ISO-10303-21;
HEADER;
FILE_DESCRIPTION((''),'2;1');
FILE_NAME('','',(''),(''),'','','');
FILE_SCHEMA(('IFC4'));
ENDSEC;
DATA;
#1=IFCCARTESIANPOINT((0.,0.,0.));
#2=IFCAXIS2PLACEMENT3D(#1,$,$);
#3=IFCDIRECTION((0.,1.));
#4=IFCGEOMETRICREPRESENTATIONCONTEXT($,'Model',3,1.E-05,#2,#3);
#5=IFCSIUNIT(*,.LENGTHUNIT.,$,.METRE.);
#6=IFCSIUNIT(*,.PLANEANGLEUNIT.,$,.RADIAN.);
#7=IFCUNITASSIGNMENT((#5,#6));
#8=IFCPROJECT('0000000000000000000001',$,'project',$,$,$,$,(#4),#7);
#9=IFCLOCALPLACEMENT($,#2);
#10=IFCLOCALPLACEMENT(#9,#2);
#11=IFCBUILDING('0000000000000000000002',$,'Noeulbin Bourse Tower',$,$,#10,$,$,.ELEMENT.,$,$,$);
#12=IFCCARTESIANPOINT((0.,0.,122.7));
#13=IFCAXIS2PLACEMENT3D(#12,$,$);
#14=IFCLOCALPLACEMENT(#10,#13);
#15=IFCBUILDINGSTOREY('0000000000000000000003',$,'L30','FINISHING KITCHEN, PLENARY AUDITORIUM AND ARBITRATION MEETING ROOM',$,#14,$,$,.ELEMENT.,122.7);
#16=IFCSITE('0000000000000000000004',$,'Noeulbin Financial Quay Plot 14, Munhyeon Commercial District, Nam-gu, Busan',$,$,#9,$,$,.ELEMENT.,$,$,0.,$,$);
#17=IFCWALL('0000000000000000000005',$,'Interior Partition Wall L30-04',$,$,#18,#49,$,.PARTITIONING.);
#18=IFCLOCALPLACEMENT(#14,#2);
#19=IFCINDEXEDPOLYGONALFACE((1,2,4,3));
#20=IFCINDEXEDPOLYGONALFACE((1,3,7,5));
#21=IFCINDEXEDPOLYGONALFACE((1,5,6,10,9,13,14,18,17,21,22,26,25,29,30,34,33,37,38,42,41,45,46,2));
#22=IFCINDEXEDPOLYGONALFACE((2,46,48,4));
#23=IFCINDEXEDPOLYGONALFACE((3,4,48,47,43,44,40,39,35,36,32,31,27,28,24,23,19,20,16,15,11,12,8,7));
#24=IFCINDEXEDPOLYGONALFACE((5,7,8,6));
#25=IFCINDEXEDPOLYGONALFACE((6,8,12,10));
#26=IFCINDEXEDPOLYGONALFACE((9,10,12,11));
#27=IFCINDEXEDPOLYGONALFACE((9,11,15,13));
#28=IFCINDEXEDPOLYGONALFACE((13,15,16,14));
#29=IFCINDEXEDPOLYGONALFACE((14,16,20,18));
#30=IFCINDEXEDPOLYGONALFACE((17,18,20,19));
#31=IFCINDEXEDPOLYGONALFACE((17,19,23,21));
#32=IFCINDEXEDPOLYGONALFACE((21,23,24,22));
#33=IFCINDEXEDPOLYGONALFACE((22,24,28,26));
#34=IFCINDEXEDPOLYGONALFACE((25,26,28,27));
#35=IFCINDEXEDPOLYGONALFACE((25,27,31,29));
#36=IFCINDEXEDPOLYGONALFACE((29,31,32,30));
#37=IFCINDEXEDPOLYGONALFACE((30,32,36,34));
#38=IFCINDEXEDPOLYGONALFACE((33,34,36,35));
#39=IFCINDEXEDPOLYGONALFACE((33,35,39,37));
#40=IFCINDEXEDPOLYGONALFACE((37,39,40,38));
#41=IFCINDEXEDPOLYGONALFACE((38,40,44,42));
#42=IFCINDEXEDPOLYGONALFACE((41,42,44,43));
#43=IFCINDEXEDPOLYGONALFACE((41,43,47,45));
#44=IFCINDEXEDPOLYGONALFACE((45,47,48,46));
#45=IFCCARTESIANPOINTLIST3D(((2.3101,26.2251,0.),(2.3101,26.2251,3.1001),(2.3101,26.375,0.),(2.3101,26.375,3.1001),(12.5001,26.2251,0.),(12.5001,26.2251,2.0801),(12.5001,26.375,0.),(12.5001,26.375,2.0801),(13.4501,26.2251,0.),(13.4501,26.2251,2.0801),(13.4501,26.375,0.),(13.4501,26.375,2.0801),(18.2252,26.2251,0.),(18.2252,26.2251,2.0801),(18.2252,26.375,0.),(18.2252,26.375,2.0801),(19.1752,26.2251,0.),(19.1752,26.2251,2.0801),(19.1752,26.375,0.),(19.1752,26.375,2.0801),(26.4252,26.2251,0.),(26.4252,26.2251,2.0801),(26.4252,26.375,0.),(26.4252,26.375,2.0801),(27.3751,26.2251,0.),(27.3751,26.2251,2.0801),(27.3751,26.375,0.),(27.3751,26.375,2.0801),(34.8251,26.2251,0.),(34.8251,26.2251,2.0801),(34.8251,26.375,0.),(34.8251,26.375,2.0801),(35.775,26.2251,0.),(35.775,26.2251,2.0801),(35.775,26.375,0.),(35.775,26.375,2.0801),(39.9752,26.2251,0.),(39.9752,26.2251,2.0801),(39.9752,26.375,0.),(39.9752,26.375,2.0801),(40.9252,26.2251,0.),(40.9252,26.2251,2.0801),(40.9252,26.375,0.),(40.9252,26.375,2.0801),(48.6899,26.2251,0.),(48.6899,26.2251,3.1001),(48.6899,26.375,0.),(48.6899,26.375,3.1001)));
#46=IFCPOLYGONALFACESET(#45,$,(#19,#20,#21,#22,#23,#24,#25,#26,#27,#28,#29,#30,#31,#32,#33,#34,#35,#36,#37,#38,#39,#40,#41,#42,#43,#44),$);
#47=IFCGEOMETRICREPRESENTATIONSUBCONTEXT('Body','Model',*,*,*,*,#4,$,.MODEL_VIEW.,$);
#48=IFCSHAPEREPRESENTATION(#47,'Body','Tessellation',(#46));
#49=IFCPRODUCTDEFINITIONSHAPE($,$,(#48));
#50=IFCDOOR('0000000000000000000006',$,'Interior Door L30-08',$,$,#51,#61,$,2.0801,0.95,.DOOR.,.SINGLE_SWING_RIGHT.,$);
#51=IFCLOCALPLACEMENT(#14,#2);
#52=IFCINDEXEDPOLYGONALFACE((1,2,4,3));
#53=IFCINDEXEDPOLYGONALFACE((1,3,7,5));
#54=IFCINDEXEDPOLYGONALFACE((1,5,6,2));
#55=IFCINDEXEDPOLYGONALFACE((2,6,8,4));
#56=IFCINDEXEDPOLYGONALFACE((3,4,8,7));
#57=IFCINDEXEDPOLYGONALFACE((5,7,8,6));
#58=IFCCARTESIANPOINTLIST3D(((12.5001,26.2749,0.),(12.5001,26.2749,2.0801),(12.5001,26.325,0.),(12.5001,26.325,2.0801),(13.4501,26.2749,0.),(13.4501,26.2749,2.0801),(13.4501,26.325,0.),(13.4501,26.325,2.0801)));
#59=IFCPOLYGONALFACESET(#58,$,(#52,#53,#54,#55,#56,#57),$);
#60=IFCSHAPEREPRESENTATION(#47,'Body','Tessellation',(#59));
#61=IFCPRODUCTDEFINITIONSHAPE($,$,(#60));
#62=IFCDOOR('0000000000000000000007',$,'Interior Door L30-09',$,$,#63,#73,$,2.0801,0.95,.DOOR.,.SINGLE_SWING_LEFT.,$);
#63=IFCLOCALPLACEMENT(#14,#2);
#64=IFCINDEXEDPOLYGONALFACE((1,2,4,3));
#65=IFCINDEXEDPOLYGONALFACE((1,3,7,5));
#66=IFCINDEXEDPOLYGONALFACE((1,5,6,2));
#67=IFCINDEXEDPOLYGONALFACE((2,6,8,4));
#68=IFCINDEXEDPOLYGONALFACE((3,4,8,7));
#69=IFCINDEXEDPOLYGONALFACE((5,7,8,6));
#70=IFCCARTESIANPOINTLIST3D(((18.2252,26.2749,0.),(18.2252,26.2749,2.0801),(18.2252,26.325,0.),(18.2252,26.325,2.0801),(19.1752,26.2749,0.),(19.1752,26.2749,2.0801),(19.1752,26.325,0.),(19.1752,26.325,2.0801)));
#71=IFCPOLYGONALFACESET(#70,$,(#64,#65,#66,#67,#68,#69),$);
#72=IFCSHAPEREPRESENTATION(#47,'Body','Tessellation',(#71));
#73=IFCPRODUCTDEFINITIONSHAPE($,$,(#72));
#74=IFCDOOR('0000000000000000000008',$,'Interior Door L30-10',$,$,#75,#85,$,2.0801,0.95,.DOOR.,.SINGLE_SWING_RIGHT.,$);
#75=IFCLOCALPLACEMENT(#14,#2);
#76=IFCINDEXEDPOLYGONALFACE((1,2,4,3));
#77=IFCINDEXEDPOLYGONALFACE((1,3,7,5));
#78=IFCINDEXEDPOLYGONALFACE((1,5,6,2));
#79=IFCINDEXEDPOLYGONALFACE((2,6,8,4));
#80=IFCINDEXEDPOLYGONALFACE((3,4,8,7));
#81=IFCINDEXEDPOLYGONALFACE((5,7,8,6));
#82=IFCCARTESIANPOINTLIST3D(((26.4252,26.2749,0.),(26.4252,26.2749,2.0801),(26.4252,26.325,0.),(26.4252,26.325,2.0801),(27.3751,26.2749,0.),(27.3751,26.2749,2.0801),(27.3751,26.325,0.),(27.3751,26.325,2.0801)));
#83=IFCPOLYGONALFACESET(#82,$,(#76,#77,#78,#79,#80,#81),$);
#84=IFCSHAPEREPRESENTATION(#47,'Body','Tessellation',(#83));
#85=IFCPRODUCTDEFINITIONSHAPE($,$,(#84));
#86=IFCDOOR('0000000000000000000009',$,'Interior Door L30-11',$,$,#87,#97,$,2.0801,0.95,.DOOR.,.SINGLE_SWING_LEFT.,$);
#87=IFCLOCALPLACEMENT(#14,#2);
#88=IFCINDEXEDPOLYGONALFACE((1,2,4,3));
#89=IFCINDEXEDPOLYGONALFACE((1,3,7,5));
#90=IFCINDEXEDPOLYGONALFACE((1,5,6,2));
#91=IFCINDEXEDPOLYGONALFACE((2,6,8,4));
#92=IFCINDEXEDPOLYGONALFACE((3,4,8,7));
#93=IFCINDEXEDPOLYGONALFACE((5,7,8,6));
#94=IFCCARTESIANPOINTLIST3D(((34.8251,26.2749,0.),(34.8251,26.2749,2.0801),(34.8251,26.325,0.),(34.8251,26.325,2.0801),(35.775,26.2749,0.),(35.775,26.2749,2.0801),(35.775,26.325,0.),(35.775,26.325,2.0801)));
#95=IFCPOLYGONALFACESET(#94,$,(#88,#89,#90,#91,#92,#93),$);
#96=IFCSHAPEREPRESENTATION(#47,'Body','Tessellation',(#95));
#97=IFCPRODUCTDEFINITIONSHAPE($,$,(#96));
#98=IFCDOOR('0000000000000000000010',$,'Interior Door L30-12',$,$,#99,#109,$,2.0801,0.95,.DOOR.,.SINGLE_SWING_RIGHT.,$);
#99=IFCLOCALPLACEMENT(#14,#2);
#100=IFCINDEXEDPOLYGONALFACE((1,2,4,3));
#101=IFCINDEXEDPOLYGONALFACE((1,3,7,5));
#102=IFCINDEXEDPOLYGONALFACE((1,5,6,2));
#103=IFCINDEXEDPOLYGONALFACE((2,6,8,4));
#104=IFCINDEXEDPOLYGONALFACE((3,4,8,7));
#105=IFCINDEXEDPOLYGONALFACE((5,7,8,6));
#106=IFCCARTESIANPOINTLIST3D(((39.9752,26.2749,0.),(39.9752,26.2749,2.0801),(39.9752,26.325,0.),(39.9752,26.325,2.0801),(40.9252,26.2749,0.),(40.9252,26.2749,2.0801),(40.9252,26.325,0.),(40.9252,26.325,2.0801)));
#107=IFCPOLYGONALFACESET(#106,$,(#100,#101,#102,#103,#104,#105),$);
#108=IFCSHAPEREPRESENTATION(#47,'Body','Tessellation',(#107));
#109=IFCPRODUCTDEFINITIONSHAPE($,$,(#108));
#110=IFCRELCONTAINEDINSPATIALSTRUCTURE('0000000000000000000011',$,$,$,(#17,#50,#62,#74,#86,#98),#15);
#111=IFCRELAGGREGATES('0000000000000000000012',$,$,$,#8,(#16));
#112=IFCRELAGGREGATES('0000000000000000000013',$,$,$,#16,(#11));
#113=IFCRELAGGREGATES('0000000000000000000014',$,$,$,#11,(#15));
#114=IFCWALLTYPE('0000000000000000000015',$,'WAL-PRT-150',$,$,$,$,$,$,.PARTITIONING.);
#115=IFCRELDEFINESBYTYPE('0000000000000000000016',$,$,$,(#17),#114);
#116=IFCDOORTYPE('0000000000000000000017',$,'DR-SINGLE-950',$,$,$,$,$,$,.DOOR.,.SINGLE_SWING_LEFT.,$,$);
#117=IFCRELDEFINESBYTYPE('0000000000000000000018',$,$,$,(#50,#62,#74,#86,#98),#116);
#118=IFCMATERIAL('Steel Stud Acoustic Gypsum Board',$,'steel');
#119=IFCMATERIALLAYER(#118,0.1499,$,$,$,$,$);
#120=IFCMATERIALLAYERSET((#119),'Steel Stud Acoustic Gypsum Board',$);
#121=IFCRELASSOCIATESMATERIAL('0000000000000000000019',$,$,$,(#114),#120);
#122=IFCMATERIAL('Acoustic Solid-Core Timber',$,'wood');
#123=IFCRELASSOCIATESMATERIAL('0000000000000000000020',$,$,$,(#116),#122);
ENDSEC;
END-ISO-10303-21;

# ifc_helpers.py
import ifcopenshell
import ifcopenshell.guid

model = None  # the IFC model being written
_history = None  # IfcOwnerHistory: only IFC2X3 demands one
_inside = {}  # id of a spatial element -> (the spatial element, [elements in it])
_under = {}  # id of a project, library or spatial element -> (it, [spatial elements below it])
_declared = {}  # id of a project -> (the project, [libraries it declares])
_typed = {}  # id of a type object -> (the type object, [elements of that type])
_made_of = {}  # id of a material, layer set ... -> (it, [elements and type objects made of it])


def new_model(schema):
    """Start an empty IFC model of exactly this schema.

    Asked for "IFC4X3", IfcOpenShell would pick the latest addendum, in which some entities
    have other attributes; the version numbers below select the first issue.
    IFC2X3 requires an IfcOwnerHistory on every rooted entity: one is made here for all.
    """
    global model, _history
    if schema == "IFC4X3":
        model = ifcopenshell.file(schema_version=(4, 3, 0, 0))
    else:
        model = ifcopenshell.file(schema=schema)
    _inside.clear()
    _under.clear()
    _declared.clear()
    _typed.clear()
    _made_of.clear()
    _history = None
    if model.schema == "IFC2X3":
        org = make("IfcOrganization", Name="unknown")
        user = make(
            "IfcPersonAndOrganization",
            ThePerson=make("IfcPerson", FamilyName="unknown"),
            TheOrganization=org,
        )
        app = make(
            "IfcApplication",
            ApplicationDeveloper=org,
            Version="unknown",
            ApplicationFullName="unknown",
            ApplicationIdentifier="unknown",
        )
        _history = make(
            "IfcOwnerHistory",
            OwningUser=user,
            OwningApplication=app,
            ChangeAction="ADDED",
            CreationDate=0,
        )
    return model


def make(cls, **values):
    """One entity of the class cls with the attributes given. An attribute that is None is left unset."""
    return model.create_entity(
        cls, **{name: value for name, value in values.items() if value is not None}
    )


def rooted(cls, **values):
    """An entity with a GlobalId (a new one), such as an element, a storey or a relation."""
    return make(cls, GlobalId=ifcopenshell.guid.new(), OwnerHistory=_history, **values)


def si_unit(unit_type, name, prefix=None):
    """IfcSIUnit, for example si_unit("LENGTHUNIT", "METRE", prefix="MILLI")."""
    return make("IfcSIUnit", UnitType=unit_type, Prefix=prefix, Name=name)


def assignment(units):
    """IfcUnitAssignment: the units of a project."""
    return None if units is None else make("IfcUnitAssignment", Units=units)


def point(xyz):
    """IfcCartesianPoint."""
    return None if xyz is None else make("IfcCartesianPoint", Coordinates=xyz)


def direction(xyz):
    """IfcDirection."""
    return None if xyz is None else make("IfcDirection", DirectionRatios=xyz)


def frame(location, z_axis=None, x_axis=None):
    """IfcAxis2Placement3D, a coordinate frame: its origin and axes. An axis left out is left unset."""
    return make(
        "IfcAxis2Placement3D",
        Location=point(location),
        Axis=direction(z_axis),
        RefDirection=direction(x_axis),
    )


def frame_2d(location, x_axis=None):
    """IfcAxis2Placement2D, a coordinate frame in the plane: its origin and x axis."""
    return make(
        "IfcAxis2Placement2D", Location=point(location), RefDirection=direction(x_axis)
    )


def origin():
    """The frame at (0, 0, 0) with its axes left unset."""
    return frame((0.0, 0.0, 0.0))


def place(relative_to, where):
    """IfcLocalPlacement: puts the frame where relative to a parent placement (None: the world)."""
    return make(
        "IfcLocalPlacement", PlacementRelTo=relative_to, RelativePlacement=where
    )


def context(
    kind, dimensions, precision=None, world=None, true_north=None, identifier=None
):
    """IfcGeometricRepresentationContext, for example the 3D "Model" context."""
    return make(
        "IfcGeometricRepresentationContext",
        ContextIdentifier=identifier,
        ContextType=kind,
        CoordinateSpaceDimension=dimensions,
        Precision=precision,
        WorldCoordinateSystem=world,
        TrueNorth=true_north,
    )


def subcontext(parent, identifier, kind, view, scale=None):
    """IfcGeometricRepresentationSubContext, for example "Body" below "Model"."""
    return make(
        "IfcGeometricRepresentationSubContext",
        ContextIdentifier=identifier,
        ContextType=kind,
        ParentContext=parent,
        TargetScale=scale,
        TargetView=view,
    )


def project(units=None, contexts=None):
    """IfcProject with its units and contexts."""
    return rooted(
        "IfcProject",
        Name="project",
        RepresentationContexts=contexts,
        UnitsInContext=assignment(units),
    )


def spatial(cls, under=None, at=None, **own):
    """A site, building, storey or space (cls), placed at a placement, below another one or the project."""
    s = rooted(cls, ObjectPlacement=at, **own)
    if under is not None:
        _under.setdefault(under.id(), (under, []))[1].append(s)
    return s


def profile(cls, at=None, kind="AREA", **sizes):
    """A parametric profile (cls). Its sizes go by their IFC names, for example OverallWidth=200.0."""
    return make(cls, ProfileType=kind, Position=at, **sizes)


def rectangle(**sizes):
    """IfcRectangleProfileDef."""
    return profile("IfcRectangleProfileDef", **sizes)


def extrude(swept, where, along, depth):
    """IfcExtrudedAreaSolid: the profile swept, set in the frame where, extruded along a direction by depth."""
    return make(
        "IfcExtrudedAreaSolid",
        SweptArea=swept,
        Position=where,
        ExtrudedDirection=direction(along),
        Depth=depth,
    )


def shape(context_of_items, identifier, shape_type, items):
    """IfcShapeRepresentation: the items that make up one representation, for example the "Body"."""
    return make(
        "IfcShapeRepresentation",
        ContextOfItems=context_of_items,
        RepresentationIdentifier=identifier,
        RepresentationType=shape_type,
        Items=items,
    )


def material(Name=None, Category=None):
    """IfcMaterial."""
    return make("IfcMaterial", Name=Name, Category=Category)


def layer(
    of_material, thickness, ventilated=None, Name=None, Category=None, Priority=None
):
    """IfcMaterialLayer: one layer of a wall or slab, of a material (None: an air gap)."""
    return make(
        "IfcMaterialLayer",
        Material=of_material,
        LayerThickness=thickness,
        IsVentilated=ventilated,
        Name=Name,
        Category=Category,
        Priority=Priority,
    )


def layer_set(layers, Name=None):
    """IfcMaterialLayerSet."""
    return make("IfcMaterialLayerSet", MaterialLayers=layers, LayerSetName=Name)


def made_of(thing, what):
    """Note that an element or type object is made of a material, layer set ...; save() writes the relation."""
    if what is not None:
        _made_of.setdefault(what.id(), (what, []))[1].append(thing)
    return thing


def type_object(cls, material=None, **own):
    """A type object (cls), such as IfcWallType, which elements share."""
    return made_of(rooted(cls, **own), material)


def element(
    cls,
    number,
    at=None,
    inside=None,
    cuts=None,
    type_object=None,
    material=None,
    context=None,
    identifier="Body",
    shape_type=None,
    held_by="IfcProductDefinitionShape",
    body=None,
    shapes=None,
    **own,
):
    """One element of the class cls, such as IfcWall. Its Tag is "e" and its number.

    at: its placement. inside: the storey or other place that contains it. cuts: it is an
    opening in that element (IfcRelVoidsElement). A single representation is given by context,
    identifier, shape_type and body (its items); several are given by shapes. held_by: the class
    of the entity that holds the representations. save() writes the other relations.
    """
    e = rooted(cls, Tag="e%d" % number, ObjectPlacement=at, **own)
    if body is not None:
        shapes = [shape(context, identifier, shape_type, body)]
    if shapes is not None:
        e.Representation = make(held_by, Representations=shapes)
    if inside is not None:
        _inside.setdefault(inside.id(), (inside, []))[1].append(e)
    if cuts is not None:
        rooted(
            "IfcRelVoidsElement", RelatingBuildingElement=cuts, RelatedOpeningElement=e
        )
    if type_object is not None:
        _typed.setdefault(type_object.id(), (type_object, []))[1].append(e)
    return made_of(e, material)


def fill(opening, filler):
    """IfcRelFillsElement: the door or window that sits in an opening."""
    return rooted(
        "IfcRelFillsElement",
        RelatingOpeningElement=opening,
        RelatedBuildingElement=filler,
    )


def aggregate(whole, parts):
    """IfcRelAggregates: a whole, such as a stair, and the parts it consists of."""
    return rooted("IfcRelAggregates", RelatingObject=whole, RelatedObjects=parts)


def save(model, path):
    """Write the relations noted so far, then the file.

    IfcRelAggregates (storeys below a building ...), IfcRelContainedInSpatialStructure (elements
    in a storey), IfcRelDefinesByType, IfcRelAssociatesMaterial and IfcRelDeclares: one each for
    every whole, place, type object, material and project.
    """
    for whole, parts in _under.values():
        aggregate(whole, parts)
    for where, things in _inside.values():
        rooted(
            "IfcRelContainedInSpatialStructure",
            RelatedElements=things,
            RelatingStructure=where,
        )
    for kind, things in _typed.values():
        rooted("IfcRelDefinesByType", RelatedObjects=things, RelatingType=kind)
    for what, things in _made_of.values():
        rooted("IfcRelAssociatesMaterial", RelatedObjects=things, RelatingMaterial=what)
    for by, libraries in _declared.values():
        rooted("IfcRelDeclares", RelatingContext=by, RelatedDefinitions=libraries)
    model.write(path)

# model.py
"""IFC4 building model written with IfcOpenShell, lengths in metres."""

from ifc_helpers import new_model, si_unit, direction, frame, frame_2d, origin, place, context, subcontext, project, spatial, rectangle, extrude, material, layer, layer_set, type_object, element, fill, save


model = new_model("IFC4")

# Units and contexts
model_context = context("Model", 3, precision=1e-05, world=origin(), true_north=direction((0.0, 1.0)))
body_context = subcontext(model_context, "Body", "Model", "MODEL_VIEW")
ifc_project = project(units=[si_unit("LENGTHUNIT", "METRE"), si_unit("PLANEANGLEUNIT", "RADIAN")], contexts=[model_context])

# Site, building, storey
site_placement = place(None, origin())
site = spatial("IfcSite", under=ifc_project, at=site_placement, Name="Noeulbin Financial Quay Plot 14, Munhyeon Commercial District, Nam-gu, Busan", CompositionType="ELEMENT", RefElevation=0.0)
building_placement = place(site_placement, origin())
building = spatial("IfcBuilding", under=site, at=building_placement, Name="Noeulbin Bourse Tower", CompositionType="ELEMENT")
storey_placement = place(building_placement, frame((0.0, 0.0, 122.7)))
storey = spatial("IfcBuildingStorey", under=building, at=storey_placement, Name="L30", Description="FINISHING KITCHEN, PLENARY AUDITORIUM AND ARBITRATION MEETING ROOM", CompositionType="ELEMENT", Elevation=122.7)

# Wall, openings, doors
ifc_material_1 = material(Name="Steel Stud Acoustic Gypsum Board", Category="steel")
ifc_layer_1 = layer(ifc_material_1, 0.1499)
ifc_layer_set_1 = layer_set([ifc_layer_1], Name="Steel Stud Acoustic Gypsum Board")
wall_type = type_object("IfcWallType", Name="WAL-PRT-150", PredefinedType="PARTITIONING", material=ifc_layer_set_1)
wall_placement = place(storey_placement, frame((2.3101, 26.3, 0.0), z_axis=(0.0, 0.0, 1.0), x_axis=(1.0, 0.0, 0.0)))
wall = element("IfcWall", 1, at=wall_placement, inside=storey, type_object=wall_type, Name="Interior Partition Wall L30-04", PredefinedType="PARTITIONING", context=body_context, shape_type="SweptSolid", body=[
    extrude(rectangle(XDim=46.3799, YDim=0.1499, at=frame_2d((23.1899, 0.0))), origin(), (0.0, 0.0, 1.0), 3.1001),
])
opening_1_placement = place(wall_placement, frame((10.1899, 0.0, 0.0)))
opening_1 = element("IfcOpeningElement", 2, at=opening_1_placement, cuts=wall, PredefinedType="OPENING", context=body_context, shape_type="SweptSolid", body=[
    extrude(rectangle(XDim=0.95, YDim=2.0801, at=frame_2d((0.4751, 1.04))), frame((0.0, 0.085, 0.0), z_axis=(0.0, -1.0, 0.0), x_axis=(1.0, 0.0, 0.0)), (0.0, 0.0, 1.0), 0.1699),
])
opening_2_placement = place(wall_placement, frame((15.915, 0.0, 0.0)))
opening_2 = element("IfcOpeningElement", 3, at=opening_2_placement, cuts=wall, PredefinedType="OPENING", context=body_context, shape_type="SweptSolid", body=[
    extrude(rectangle(XDim=0.95, YDim=2.0801, at=frame_2d((0.4751, 1.04))), frame((0.0, 0.085, 0.0), z_axis=(0.0, -1.0, 0.0), x_axis=(1.0, 0.0, 0.0)), (0.0, 0.0, 1.0), 0.1699),
])
opening_3_placement = place(wall_placement, frame((24.115, 0.0, 0.0)))
opening_3 = element("IfcOpeningElement", 4, at=opening_3_placement, cuts=wall, PredefinedType="OPENING", context=body_context, shape_type="SweptSolid", body=[
    extrude(rectangle(XDim=0.95, YDim=2.0801, at=frame_2d((0.4751, 1.04))), frame((0.0, 0.085, 0.0), z_axis=(0.0, -1.0, 0.0), x_axis=(1.0, 0.0, 0.0)), (0.0, 0.0, 1.0), 0.1699),
])
opening_4_placement = place(wall_placement, frame((32.5149, 0.0, 0.0)))
opening_4 = element("IfcOpeningElement", 5, at=opening_4_placement, cuts=wall, PredefinedType="OPENING", context=body_context, shape_type="SweptSolid", body=[
    extrude(rectangle(XDim=0.95, YDim=2.0801, at=frame_2d((0.4751, 1.04))), frame((0.0, 0.085, 0.0), z_axis=(0.0, -1.0, 0.0), x_axis=(1.0, 0.0, 0.0)), (0.0, 0.0, 1.0), 0.1699),
])
opening_5_placement = place(wall_placement, frame((37.665, 0.0, 0.0)))
opening_5 = element("IfcOpeningElement", 6, at=opening_5_placement, cuts=wall, PredefinedType="OPENING", context=body_context, shape_type="SweptSolid", body=[
    extrude(rectangle(XDim=0.95, YDim=2.0801, at=frame_2d((0.4751, 1.04))), frame((0.0, 0.085, 0.0), z_axis=(0.0, -1.0, 0.0), x_axis=(1.0, 0.0, 0.0)), (0.0, 0.0, 1.0), 0.1699),
])
ifc_material_2 = material(Name="Acoustic Solid-Core Timber", Category="wood")
door_type = type_object("IfcDoorType", Name="DR-SINGLE-950", OperationType="SINGLE_SWING_LEFT", PredefinedType="DOOR", material=ifc_material_2)
door_1_placement = place(opening_1_placement, origin())
door_1 = element("IfcDoor", 7, at=door_1_placement, inside=storey, type_object=door_type, Name="Interior Door L30-08", OperationType="SINGLE_SWING_RIGHT", OverallHeight=2.0801, OverallWidth=0.95, PredefinedType="DOOR", context=body_context, shape_type="SweptSolid", body=[
    extrude(rectangle(XDim=0.95, YDim=2.0801, at=frame_2d((0.4751, 1.04))), frame((0.0, 0.0249, 0.0), z_axis=(0.0, -1.0, 0.0), x_axis=(1.0, 0.0, 0.0)), (0.0, 0.0, 1.0), 0.05),
])
fill(opening_1, door_1)
door_2_placement = place(opening_2_placement, origin())
door_2 = element("IfcDoor", 8, at=door_2_placement, inside=storey, type_object=door_type, Name="Interior Door L30-09", OperationType="SINGLE_SWING_LEFT", OverallHeight=2.0801, OverallWidth=0.95, PredefinedType="DOOR", context=body_context, shape_type="SweptSolid", body=[
    extrude(rectangle(XDim=0.95, YDim=2.0801, at=frame_2d((0.4751, 1.04))), frame((0.0, 0.0249, 0.0), z_axis=(0.0, -1.0, 0.0), x_axis=(1.0, 0.0, 0.0)), (0.0, 0.0, 1.0), 0.05),
])
fill(opening_2, door_2)
door_3_placement = place(opening_3_placement, origin())
door_3 = element("IfcDoor", 9, at=door_3_placement, inside=storey, type_object=door_type, Name="Interior Door L30-10", OperationType="SINGLE_SWING_RIGHT", OverallHeight=2.0801, OverallWidth=0.95, PredefinedType="DOOR", context=body_context, shape_type="SweptSolid", body=[
    extrude(rectangle(XDim=0.95, YDim=2.0801, at=frame_2d((0.4751, 1.04))), frame((0.0, 0.0249, 0.0), z_axis=(0.0, -1.0, 0.0), x_axis=(1.0, 0.0, 0.0)), (0.0, 0.0, 1.0), 0.05),
])
fill(opening_3, door_3)
door_4_placement = place(opening_4_placement, origin())
door_4 = element("IfcDoor", 10, at=door_4_placement, inside=storey, type_object=door_type, Name="Interior Door L30-11", OperationType="SINGLE_SWING_LEFT", OverallHeight=2.0801, OverallWidth=0.95, PredefinedType="DOOR", context=body_context, shape_type="SweptSolid", body=[
    extrude(rectangle(XDim=0.95, YDim=2.0801, at=frame_2d((0.4751, 1.04))), frame((0.0, 0.0249, 0.0), z_axis=(0.0, -1.0, 0.0), x_axis=(1.0, 0.0, 0.0)), (0.0, 0.0, 1.0), 0.05),
])
fill(opening_4, door_4)
door_5_placement = place(opening_5_placement, origin())
door_5 = element("IfcDoor", 11, at=door_5_placement, inside=storey, type_object=door_type, Name="Interior Door L30-12", OperationType="SINGLE_SWING_RIGHT", OverallHeight=2.0801, OverallWidth=0.95, PredefinedType="DOOR", context=body_context, shape_type="SweptSolid", body=[
    extrude(rectangle(XDim=0.95, YDim=2.0801, at=frame_2d((0.4751, 1.04))), frame((0.0, 0.0249, 0.0), z_axis=(0.0, -1.0, 0.0), x_axis=(1.0, 0.0, 0.0)), (0.0, 0.0, 1.0), 0.05),
])
fill(opening_5, door_5)

save(model, "model.ifc")
